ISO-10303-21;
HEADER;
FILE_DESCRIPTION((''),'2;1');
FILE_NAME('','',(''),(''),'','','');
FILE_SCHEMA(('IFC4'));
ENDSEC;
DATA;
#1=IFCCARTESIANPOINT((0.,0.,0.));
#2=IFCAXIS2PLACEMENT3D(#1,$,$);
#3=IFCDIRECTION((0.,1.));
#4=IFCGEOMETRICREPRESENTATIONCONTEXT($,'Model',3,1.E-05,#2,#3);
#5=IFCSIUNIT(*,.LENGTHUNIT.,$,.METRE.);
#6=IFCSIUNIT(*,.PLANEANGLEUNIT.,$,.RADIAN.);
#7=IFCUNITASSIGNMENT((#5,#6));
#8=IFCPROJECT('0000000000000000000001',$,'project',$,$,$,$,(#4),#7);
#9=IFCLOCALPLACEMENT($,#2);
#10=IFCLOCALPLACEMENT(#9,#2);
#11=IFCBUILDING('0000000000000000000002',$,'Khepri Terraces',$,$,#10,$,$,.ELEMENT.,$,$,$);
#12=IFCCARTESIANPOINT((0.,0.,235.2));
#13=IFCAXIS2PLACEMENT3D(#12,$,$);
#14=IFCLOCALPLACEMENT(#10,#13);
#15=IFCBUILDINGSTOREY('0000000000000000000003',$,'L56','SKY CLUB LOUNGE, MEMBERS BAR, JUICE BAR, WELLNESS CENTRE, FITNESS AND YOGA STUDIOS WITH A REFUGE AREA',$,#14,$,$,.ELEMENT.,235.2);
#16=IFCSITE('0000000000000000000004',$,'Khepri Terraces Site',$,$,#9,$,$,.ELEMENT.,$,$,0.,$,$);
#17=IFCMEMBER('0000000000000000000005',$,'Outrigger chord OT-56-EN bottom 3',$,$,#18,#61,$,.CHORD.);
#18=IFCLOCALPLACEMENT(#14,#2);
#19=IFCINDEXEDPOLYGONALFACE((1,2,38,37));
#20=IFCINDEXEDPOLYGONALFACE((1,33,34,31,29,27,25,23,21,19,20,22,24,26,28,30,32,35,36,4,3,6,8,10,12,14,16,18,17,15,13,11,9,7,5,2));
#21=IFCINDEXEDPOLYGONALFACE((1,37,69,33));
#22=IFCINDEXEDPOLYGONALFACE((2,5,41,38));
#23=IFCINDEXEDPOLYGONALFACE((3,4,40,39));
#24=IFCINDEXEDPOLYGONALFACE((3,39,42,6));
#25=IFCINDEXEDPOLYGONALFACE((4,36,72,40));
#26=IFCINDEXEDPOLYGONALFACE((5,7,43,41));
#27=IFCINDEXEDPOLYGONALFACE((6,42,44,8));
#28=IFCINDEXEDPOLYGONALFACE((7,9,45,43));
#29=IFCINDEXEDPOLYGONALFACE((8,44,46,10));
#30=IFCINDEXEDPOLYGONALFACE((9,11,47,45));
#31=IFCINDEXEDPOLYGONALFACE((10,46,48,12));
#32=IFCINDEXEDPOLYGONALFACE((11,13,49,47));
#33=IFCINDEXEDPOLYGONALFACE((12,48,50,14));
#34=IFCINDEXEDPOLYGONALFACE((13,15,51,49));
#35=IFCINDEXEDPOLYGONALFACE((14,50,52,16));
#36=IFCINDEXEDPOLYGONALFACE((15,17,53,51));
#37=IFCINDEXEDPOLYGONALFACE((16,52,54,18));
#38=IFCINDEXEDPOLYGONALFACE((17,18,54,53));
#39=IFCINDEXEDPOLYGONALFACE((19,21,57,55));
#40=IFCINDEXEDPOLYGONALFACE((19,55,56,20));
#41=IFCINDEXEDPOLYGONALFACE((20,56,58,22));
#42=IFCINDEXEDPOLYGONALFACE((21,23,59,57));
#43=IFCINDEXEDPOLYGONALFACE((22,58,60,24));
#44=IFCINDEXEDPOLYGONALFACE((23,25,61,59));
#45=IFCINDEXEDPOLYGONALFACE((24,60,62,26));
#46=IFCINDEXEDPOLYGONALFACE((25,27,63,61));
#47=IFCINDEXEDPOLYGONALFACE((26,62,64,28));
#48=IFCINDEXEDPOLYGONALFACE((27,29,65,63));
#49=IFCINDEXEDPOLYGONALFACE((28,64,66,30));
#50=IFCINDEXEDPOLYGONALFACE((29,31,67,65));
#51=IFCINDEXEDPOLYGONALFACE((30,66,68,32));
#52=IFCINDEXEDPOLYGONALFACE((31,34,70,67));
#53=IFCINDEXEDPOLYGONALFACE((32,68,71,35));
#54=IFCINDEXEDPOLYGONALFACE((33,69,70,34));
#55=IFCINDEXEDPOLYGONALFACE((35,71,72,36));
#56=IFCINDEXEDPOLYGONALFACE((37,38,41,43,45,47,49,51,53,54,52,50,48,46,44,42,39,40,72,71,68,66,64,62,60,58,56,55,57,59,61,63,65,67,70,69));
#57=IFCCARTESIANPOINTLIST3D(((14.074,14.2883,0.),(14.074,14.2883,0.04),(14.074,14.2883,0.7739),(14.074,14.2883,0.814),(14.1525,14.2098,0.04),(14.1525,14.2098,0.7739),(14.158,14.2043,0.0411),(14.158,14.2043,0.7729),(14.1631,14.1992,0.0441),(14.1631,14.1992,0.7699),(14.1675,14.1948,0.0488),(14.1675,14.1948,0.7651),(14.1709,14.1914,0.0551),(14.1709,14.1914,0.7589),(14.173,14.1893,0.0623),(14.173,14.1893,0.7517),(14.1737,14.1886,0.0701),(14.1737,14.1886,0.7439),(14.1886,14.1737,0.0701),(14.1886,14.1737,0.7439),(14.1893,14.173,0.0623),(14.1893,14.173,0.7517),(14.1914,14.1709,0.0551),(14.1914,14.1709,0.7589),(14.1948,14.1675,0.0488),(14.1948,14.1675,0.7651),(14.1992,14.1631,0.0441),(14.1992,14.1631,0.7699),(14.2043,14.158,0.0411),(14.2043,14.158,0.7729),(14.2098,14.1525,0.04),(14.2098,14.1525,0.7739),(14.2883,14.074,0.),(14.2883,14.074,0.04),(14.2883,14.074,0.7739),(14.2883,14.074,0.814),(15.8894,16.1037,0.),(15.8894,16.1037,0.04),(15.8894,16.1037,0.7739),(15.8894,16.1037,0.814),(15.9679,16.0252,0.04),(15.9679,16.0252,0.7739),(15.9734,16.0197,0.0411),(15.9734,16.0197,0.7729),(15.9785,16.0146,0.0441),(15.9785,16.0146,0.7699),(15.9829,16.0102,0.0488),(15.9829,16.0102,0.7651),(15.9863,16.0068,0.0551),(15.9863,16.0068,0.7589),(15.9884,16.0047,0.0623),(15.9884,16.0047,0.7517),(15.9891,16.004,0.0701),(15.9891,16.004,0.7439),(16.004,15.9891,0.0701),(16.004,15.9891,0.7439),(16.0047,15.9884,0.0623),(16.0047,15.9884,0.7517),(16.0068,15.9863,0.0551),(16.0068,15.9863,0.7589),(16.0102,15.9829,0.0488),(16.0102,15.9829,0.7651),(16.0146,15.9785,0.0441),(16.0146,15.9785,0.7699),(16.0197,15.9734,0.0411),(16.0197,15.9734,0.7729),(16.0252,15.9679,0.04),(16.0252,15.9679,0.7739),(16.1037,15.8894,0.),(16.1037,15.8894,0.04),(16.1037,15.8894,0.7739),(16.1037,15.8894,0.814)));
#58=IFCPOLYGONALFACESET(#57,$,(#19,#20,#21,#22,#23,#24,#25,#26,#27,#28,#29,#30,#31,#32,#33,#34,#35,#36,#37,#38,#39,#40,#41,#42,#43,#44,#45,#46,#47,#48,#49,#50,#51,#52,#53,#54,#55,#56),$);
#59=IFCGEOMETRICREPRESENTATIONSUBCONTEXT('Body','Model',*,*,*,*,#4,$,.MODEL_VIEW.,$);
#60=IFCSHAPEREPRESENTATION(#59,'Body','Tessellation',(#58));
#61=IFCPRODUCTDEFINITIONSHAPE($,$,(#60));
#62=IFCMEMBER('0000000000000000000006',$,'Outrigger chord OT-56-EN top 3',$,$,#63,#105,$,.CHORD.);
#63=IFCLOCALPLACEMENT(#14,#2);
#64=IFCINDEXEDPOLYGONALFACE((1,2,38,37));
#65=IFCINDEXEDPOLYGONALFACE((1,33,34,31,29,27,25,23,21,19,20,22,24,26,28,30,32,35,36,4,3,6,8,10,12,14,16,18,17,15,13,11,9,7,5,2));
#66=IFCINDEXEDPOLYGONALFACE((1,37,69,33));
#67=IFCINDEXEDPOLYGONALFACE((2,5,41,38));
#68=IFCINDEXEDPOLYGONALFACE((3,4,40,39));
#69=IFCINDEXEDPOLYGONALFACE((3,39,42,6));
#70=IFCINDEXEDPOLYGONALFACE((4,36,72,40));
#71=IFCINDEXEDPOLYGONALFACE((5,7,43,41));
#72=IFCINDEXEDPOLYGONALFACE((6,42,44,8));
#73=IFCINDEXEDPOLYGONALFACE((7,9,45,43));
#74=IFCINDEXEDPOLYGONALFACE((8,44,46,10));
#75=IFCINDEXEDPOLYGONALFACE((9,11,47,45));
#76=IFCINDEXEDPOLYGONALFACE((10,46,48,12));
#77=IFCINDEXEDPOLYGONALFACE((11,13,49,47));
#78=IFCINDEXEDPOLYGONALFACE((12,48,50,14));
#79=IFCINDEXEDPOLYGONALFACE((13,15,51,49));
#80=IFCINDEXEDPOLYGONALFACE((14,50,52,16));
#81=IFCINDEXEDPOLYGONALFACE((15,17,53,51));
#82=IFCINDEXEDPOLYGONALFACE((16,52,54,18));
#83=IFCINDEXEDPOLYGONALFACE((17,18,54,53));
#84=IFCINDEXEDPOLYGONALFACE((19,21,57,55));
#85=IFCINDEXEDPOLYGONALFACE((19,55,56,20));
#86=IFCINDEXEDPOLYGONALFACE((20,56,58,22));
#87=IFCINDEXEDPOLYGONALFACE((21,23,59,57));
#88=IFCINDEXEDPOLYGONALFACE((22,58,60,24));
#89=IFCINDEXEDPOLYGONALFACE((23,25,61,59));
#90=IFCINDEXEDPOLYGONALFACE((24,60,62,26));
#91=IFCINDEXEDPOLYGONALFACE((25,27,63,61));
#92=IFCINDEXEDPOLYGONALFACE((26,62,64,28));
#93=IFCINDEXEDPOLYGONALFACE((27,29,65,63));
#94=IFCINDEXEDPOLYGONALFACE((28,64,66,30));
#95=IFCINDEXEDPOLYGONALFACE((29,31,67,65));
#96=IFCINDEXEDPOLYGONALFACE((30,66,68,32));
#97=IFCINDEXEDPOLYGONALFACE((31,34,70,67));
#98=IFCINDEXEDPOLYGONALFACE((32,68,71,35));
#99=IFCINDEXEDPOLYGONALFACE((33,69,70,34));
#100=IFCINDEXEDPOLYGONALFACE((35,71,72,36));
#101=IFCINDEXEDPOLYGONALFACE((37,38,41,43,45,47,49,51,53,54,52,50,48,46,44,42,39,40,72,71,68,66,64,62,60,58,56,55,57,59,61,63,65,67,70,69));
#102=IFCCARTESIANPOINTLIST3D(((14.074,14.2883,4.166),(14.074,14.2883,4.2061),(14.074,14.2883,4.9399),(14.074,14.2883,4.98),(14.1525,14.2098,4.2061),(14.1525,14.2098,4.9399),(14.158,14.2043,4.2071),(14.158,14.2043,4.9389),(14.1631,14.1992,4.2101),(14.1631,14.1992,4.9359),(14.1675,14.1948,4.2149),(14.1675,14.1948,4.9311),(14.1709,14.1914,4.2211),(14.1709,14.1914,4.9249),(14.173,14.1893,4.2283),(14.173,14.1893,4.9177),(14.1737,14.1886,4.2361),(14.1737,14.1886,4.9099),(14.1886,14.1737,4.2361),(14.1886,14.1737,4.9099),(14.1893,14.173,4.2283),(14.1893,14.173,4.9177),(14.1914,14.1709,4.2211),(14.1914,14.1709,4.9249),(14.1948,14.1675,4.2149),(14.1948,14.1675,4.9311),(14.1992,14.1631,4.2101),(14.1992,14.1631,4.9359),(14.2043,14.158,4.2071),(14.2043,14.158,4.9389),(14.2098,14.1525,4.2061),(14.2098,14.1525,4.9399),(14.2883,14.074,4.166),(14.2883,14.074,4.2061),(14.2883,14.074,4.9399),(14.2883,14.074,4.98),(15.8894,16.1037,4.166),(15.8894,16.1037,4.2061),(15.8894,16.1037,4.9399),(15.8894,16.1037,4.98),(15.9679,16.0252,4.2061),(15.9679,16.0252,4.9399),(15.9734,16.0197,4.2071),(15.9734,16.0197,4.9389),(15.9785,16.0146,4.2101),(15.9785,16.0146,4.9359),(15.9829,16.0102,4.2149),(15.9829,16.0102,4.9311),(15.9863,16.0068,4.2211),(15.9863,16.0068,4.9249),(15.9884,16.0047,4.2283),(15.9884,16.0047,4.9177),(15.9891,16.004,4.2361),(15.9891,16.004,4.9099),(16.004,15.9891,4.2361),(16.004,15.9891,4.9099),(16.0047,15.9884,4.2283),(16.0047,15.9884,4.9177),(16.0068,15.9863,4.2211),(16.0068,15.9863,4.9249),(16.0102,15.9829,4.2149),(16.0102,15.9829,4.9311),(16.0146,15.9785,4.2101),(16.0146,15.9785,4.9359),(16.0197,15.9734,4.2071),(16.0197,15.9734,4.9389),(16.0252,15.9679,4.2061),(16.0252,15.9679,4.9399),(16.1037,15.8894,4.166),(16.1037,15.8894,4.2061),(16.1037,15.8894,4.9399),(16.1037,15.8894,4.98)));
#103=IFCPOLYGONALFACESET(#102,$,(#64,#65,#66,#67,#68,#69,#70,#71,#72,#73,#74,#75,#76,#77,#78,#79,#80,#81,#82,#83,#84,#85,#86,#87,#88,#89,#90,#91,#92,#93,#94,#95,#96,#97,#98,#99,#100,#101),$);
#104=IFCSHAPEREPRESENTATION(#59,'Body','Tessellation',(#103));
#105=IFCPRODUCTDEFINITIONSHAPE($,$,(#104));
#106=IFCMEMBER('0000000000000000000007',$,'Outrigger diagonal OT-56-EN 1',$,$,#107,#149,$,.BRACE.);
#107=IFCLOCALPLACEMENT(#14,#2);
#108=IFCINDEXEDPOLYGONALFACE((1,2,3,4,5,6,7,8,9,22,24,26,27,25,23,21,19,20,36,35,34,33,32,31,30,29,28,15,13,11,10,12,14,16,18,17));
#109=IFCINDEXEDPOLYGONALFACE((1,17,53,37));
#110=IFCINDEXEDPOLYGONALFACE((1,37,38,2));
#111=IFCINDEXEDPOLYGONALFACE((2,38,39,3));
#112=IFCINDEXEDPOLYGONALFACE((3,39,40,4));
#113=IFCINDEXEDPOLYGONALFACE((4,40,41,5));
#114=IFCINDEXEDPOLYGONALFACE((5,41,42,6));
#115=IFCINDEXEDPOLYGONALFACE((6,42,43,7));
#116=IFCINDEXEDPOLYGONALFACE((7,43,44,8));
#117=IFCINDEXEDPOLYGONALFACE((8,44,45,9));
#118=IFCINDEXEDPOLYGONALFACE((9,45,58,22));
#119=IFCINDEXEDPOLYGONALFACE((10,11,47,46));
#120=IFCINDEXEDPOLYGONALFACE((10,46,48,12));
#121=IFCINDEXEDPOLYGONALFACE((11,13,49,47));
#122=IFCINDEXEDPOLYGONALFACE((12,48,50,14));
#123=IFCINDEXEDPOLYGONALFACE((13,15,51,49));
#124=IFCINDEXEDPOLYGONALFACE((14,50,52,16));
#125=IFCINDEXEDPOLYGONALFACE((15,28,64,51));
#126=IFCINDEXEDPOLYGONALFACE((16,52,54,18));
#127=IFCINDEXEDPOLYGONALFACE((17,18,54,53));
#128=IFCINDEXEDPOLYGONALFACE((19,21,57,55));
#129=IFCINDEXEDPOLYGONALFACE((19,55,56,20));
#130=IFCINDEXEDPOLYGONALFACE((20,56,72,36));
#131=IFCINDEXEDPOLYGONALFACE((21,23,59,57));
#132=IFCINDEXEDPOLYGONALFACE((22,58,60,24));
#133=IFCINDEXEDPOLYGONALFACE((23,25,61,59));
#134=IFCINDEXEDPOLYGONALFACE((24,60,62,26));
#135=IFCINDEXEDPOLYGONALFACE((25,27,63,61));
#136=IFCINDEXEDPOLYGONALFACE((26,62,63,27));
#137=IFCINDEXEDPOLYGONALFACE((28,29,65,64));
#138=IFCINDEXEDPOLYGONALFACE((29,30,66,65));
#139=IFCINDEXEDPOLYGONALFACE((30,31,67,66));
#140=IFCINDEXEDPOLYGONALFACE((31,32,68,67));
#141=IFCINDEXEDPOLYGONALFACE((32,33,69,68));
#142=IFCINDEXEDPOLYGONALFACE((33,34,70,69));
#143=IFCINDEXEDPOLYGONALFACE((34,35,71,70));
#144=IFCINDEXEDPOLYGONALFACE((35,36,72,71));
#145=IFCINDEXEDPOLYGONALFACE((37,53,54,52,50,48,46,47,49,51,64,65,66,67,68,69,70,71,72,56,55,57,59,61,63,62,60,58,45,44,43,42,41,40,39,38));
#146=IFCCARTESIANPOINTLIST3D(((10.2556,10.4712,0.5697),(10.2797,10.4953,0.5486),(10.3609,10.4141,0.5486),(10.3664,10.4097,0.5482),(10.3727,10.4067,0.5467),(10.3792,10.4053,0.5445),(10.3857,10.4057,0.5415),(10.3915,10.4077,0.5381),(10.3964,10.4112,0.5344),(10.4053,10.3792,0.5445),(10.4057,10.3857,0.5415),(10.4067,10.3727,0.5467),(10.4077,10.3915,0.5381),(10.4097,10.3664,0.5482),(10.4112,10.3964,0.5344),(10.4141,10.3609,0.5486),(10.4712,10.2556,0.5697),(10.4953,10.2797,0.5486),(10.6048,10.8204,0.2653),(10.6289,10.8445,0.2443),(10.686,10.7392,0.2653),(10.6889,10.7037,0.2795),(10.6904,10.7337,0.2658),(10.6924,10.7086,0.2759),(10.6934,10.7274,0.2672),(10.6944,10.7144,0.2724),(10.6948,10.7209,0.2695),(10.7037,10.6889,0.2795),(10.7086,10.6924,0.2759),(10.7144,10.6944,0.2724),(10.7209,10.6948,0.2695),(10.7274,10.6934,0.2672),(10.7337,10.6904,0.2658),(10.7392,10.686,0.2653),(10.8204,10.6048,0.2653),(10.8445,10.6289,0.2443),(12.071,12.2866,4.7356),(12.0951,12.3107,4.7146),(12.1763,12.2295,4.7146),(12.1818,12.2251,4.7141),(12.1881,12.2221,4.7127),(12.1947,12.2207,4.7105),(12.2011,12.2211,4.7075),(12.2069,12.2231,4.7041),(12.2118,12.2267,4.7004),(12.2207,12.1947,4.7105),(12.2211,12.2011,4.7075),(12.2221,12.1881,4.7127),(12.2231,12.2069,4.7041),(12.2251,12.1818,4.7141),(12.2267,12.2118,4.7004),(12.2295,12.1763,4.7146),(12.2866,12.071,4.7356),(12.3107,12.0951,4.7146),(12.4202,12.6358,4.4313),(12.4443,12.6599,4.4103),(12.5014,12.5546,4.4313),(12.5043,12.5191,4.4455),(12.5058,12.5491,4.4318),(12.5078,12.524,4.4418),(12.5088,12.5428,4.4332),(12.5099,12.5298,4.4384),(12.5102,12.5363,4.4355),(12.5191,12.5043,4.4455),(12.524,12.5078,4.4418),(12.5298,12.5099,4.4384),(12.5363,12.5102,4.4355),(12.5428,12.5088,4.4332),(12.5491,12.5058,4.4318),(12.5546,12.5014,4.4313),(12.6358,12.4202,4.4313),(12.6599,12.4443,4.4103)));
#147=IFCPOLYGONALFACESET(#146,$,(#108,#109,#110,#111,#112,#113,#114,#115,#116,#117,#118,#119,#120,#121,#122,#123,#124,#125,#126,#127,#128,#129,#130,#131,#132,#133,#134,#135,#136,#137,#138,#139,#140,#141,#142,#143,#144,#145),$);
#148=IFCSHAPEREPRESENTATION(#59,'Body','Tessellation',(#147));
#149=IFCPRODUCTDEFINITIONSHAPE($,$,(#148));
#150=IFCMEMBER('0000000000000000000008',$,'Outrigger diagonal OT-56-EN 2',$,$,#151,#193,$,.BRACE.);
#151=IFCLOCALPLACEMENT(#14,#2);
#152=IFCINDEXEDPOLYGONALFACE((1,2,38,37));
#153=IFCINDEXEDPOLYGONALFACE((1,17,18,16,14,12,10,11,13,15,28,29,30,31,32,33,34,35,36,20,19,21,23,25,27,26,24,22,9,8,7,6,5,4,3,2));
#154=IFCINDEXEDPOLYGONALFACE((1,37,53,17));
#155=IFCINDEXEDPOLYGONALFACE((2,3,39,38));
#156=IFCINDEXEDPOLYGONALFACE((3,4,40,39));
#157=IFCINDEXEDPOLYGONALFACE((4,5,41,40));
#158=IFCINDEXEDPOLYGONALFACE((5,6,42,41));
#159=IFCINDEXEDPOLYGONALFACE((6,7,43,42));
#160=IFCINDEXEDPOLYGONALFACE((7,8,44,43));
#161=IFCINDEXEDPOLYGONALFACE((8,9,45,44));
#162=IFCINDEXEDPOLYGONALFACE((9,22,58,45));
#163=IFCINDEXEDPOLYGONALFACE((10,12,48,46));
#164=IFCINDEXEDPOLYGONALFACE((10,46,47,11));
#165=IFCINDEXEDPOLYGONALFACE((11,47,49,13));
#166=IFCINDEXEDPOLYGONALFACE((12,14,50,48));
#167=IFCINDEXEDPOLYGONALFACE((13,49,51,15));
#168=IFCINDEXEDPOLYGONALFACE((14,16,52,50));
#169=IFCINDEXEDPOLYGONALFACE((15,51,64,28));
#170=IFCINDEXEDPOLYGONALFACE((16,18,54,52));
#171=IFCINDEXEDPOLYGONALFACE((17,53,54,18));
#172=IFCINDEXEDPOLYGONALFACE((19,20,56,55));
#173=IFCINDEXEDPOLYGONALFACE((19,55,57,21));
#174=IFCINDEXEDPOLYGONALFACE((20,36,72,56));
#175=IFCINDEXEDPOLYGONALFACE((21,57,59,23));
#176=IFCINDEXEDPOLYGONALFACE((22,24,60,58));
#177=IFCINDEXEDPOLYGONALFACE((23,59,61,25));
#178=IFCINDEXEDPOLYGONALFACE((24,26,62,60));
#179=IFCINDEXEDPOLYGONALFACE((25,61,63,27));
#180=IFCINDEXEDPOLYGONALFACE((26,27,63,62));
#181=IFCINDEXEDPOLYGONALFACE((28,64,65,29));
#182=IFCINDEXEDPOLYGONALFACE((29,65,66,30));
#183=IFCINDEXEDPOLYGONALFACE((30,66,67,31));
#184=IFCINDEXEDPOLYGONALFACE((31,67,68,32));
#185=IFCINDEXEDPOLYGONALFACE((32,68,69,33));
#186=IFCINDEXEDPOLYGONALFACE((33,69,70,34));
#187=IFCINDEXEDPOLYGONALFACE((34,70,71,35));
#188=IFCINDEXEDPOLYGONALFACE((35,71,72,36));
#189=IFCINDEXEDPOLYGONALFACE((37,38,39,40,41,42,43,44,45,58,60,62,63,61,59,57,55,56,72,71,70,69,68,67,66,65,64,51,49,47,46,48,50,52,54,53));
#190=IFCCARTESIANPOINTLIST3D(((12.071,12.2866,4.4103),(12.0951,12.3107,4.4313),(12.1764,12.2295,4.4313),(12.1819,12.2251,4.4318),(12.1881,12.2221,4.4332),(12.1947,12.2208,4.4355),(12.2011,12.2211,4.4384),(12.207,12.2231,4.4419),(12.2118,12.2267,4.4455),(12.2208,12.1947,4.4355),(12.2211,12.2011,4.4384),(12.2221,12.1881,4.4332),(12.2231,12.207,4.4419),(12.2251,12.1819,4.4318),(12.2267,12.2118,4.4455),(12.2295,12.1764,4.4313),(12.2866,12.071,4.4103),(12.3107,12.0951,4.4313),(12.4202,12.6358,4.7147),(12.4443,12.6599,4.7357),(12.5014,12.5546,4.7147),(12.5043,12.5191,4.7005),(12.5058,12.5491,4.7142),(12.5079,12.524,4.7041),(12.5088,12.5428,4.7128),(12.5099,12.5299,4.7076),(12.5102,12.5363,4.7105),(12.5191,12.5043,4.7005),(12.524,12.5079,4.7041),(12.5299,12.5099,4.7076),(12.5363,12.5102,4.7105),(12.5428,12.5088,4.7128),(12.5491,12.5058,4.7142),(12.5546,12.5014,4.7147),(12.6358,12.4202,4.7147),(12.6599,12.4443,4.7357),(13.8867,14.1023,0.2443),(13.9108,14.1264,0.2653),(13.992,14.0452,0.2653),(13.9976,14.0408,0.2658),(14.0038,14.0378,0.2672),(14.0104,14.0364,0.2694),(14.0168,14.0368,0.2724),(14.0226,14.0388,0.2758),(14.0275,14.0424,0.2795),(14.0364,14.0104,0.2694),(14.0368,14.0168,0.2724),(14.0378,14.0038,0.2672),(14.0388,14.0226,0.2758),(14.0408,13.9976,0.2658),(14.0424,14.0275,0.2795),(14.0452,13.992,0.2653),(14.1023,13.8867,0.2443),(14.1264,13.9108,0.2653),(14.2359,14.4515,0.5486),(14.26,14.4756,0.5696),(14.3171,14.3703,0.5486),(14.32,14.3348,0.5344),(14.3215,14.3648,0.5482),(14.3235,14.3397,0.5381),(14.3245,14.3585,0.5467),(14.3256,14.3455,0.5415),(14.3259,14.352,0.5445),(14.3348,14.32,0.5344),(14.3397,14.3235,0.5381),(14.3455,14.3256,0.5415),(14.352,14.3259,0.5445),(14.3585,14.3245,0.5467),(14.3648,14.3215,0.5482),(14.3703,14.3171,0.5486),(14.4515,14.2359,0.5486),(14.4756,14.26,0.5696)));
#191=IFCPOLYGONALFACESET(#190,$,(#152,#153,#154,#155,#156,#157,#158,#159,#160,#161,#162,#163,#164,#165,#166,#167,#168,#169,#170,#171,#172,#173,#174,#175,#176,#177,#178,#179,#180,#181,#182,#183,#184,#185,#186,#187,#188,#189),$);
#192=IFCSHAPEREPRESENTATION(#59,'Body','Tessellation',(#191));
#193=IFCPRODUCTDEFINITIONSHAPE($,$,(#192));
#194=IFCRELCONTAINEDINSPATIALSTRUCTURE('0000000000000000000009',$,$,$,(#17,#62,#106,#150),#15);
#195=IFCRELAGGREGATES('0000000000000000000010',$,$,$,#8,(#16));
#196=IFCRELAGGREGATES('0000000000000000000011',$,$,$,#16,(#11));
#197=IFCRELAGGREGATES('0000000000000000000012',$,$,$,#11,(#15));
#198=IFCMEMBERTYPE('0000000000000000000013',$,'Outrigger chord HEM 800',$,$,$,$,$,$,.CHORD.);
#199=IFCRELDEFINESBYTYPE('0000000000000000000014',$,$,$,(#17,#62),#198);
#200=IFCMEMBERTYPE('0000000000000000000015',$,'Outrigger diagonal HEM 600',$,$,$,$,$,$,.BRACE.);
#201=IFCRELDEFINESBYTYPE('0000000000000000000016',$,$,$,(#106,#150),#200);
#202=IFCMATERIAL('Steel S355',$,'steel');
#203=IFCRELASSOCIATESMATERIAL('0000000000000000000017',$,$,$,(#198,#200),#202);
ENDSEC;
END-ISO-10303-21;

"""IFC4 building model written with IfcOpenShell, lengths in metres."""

from ifc_helpers import new_model, si_unit, direction, frame, origin, origin_2d, place, context, subcontext, project, spatial, i_section, extrude, material, material_profile, profile_set, type_object, element, save


model = new_model("IFC4")

# Units and contexts
model_context = context("Model", 3, precision=1e-05, world=origin(), true_north=direction((0.0, 1.0)))
body_context = subcontext(model_context, "Body", "Model", "MODEL_VIEW")
ifc_project = project(units=[si_unit("LENGTHUNIT", "METRE"), si_unit("PLANEANGLEUNIT", "RADIAN")], contexts=[model_context])

# Site, building, storey
site_placement = place(None, origin())
site = spatial("IfcSite", under=ifc_project, at=site_placement, Name="Khepri Terraces Site", CompositionType="ELEMENT", RefElevation=0.0)
building_placement = place(site_placement, origin())
building = spatial("IfcBuilding", under=site, at=building_placement, Name="Khepri Terraces", CompositionType="ELEMENT")
storey_placement = place(building_placement, frame((0.0, 0.0, 235.2)))
storey = spatial("IfcBuildingStorey", under=building, at=storey_placement, Name="L56", Description="SKY CLUB LOUNGE, MEMBERS BAR, JUICE BAR, WELLNESS CENTRE, FITNESS AND YOGA STUDIOS WITH A REFUGE AREA", CompositionType="ELEMENT", Elevation=235.2)

# Members
ifc_material_1 = material(Name="Steel S355", Category="steel")
ifc_material_profile_1 = material_profile(ifc_material_1, i_section(OverallWidth=0.303, OverallDepth=0.814, WebThickness=0.021, FlangeThickness=0.04, FilletRadius=0.03, at=origin_2d()), Name="Steel S355", Category="steel")
ifc_profile_set_1 = profile_set([ifc_material_profile_1], Name="Steel S355")
member_type_1 = type_object("IfcMemberType", Name="Outrigger chord HEM 800", PredefinedType="CHORD", material=ifc_profile_set_1)
for number, where, z_axis, x_axis, name in (
    (1, (14.1812, 14.1812, 0.407), (0.707107, 0.707107, 0.0), (-0.707107, 0.707107, 0.0), "Outrigger chord OT-56-EN bottom 3"),
    (2, (14.1812, 14.1812, 4.573), (0.707107, 0.707107, 0.0), (-0.707107, 0.707107, 0.0), "Outrigger chord OT-56-EN top 3"),
):
    element("IfcMember", number, at=place(storey_placement, frame(where, z_axis=z_axis, x_axis=x_axis)), inside=storey, type_object=member_type_1, Name=name, PredefinedType="CHORD", context=body_context, shape_type="SweptSolid", body=[
        extrude(i_section(OverallWidth=0.303, OverallDepth=0.814, WebThickness=0.021, FlangeThickness=0.04, FilletRadius=0.03, at=origin_2d()), origin(), (0.0, 0.0, 1.0), 2.5674),
    ])
ifc_material_profile_2 = material_profile(ifc_material_1, i_section(OverallWidth=0.3049, OverallDepth=0.6201, WebThickness=0.021, FlangeThickness=0.04, FilletRadius=0.0271, at=origin_2d()), Name="Steel S355", Category="steel")
ifc_profile_set_2 = profile_set([ifc_material_profile_2], Name="Steel S355")
member_type_2 = type_object("IfcMemberType", Name="Outrigger diagonal HEM 600", PredefinedType="BRACE", material=ifc_profile_set_2)
member_1_placement = place(storey_placement, frame((10.55, 10.55, 0.407), z_axis=(0.370981, 0.370981, 0.85132), x_axis=(-0.707107, 0.707107, 0.0)))
element("IfcMember", 3, at=member_1_placement, inside=storey, type_object=member_type_2, Name="Outrigger diagonal OT-56-EN 1", PredefinedType="BRACE", context=body_context, shape_type="SweptSolid", body=[
    extrude(i_section(OverallWidth=0.3049, OverallDepth=0.6201, WebThickness=0.021, FlangeThickness=0.04, FilletRadius=0.0271, at=origin_2d()), origin(), (0.0, 0.0, 1.0), 4.8936),
])
member_2_placement = place(storey_placement, frame((12.3655, 12.3655, 4.573), z_axis=(0.371017, 0.371017, -0.851289), x_axis=(-0.707107, 0.707107, 0.0)))
element("IfcMember", 4, at=member_2_placement, inside=storey, type_object=member_type_2, Name="Outrigger diagonal OT-56-EN 2", PredefinedType="BRACE", context=body_context, shape_type="SweptSolid", body=[
    extrude(i_section(OverallWidth=0.3049, OverallDepth=0.6201, WebThickness=0.021, FlangeThickness=0.04, FilletRadius=0.0271, at=origin_2d()), origin(), (0.0, 0.0, 1.0), 4.8938),
])

save(model, "model.ifc")
